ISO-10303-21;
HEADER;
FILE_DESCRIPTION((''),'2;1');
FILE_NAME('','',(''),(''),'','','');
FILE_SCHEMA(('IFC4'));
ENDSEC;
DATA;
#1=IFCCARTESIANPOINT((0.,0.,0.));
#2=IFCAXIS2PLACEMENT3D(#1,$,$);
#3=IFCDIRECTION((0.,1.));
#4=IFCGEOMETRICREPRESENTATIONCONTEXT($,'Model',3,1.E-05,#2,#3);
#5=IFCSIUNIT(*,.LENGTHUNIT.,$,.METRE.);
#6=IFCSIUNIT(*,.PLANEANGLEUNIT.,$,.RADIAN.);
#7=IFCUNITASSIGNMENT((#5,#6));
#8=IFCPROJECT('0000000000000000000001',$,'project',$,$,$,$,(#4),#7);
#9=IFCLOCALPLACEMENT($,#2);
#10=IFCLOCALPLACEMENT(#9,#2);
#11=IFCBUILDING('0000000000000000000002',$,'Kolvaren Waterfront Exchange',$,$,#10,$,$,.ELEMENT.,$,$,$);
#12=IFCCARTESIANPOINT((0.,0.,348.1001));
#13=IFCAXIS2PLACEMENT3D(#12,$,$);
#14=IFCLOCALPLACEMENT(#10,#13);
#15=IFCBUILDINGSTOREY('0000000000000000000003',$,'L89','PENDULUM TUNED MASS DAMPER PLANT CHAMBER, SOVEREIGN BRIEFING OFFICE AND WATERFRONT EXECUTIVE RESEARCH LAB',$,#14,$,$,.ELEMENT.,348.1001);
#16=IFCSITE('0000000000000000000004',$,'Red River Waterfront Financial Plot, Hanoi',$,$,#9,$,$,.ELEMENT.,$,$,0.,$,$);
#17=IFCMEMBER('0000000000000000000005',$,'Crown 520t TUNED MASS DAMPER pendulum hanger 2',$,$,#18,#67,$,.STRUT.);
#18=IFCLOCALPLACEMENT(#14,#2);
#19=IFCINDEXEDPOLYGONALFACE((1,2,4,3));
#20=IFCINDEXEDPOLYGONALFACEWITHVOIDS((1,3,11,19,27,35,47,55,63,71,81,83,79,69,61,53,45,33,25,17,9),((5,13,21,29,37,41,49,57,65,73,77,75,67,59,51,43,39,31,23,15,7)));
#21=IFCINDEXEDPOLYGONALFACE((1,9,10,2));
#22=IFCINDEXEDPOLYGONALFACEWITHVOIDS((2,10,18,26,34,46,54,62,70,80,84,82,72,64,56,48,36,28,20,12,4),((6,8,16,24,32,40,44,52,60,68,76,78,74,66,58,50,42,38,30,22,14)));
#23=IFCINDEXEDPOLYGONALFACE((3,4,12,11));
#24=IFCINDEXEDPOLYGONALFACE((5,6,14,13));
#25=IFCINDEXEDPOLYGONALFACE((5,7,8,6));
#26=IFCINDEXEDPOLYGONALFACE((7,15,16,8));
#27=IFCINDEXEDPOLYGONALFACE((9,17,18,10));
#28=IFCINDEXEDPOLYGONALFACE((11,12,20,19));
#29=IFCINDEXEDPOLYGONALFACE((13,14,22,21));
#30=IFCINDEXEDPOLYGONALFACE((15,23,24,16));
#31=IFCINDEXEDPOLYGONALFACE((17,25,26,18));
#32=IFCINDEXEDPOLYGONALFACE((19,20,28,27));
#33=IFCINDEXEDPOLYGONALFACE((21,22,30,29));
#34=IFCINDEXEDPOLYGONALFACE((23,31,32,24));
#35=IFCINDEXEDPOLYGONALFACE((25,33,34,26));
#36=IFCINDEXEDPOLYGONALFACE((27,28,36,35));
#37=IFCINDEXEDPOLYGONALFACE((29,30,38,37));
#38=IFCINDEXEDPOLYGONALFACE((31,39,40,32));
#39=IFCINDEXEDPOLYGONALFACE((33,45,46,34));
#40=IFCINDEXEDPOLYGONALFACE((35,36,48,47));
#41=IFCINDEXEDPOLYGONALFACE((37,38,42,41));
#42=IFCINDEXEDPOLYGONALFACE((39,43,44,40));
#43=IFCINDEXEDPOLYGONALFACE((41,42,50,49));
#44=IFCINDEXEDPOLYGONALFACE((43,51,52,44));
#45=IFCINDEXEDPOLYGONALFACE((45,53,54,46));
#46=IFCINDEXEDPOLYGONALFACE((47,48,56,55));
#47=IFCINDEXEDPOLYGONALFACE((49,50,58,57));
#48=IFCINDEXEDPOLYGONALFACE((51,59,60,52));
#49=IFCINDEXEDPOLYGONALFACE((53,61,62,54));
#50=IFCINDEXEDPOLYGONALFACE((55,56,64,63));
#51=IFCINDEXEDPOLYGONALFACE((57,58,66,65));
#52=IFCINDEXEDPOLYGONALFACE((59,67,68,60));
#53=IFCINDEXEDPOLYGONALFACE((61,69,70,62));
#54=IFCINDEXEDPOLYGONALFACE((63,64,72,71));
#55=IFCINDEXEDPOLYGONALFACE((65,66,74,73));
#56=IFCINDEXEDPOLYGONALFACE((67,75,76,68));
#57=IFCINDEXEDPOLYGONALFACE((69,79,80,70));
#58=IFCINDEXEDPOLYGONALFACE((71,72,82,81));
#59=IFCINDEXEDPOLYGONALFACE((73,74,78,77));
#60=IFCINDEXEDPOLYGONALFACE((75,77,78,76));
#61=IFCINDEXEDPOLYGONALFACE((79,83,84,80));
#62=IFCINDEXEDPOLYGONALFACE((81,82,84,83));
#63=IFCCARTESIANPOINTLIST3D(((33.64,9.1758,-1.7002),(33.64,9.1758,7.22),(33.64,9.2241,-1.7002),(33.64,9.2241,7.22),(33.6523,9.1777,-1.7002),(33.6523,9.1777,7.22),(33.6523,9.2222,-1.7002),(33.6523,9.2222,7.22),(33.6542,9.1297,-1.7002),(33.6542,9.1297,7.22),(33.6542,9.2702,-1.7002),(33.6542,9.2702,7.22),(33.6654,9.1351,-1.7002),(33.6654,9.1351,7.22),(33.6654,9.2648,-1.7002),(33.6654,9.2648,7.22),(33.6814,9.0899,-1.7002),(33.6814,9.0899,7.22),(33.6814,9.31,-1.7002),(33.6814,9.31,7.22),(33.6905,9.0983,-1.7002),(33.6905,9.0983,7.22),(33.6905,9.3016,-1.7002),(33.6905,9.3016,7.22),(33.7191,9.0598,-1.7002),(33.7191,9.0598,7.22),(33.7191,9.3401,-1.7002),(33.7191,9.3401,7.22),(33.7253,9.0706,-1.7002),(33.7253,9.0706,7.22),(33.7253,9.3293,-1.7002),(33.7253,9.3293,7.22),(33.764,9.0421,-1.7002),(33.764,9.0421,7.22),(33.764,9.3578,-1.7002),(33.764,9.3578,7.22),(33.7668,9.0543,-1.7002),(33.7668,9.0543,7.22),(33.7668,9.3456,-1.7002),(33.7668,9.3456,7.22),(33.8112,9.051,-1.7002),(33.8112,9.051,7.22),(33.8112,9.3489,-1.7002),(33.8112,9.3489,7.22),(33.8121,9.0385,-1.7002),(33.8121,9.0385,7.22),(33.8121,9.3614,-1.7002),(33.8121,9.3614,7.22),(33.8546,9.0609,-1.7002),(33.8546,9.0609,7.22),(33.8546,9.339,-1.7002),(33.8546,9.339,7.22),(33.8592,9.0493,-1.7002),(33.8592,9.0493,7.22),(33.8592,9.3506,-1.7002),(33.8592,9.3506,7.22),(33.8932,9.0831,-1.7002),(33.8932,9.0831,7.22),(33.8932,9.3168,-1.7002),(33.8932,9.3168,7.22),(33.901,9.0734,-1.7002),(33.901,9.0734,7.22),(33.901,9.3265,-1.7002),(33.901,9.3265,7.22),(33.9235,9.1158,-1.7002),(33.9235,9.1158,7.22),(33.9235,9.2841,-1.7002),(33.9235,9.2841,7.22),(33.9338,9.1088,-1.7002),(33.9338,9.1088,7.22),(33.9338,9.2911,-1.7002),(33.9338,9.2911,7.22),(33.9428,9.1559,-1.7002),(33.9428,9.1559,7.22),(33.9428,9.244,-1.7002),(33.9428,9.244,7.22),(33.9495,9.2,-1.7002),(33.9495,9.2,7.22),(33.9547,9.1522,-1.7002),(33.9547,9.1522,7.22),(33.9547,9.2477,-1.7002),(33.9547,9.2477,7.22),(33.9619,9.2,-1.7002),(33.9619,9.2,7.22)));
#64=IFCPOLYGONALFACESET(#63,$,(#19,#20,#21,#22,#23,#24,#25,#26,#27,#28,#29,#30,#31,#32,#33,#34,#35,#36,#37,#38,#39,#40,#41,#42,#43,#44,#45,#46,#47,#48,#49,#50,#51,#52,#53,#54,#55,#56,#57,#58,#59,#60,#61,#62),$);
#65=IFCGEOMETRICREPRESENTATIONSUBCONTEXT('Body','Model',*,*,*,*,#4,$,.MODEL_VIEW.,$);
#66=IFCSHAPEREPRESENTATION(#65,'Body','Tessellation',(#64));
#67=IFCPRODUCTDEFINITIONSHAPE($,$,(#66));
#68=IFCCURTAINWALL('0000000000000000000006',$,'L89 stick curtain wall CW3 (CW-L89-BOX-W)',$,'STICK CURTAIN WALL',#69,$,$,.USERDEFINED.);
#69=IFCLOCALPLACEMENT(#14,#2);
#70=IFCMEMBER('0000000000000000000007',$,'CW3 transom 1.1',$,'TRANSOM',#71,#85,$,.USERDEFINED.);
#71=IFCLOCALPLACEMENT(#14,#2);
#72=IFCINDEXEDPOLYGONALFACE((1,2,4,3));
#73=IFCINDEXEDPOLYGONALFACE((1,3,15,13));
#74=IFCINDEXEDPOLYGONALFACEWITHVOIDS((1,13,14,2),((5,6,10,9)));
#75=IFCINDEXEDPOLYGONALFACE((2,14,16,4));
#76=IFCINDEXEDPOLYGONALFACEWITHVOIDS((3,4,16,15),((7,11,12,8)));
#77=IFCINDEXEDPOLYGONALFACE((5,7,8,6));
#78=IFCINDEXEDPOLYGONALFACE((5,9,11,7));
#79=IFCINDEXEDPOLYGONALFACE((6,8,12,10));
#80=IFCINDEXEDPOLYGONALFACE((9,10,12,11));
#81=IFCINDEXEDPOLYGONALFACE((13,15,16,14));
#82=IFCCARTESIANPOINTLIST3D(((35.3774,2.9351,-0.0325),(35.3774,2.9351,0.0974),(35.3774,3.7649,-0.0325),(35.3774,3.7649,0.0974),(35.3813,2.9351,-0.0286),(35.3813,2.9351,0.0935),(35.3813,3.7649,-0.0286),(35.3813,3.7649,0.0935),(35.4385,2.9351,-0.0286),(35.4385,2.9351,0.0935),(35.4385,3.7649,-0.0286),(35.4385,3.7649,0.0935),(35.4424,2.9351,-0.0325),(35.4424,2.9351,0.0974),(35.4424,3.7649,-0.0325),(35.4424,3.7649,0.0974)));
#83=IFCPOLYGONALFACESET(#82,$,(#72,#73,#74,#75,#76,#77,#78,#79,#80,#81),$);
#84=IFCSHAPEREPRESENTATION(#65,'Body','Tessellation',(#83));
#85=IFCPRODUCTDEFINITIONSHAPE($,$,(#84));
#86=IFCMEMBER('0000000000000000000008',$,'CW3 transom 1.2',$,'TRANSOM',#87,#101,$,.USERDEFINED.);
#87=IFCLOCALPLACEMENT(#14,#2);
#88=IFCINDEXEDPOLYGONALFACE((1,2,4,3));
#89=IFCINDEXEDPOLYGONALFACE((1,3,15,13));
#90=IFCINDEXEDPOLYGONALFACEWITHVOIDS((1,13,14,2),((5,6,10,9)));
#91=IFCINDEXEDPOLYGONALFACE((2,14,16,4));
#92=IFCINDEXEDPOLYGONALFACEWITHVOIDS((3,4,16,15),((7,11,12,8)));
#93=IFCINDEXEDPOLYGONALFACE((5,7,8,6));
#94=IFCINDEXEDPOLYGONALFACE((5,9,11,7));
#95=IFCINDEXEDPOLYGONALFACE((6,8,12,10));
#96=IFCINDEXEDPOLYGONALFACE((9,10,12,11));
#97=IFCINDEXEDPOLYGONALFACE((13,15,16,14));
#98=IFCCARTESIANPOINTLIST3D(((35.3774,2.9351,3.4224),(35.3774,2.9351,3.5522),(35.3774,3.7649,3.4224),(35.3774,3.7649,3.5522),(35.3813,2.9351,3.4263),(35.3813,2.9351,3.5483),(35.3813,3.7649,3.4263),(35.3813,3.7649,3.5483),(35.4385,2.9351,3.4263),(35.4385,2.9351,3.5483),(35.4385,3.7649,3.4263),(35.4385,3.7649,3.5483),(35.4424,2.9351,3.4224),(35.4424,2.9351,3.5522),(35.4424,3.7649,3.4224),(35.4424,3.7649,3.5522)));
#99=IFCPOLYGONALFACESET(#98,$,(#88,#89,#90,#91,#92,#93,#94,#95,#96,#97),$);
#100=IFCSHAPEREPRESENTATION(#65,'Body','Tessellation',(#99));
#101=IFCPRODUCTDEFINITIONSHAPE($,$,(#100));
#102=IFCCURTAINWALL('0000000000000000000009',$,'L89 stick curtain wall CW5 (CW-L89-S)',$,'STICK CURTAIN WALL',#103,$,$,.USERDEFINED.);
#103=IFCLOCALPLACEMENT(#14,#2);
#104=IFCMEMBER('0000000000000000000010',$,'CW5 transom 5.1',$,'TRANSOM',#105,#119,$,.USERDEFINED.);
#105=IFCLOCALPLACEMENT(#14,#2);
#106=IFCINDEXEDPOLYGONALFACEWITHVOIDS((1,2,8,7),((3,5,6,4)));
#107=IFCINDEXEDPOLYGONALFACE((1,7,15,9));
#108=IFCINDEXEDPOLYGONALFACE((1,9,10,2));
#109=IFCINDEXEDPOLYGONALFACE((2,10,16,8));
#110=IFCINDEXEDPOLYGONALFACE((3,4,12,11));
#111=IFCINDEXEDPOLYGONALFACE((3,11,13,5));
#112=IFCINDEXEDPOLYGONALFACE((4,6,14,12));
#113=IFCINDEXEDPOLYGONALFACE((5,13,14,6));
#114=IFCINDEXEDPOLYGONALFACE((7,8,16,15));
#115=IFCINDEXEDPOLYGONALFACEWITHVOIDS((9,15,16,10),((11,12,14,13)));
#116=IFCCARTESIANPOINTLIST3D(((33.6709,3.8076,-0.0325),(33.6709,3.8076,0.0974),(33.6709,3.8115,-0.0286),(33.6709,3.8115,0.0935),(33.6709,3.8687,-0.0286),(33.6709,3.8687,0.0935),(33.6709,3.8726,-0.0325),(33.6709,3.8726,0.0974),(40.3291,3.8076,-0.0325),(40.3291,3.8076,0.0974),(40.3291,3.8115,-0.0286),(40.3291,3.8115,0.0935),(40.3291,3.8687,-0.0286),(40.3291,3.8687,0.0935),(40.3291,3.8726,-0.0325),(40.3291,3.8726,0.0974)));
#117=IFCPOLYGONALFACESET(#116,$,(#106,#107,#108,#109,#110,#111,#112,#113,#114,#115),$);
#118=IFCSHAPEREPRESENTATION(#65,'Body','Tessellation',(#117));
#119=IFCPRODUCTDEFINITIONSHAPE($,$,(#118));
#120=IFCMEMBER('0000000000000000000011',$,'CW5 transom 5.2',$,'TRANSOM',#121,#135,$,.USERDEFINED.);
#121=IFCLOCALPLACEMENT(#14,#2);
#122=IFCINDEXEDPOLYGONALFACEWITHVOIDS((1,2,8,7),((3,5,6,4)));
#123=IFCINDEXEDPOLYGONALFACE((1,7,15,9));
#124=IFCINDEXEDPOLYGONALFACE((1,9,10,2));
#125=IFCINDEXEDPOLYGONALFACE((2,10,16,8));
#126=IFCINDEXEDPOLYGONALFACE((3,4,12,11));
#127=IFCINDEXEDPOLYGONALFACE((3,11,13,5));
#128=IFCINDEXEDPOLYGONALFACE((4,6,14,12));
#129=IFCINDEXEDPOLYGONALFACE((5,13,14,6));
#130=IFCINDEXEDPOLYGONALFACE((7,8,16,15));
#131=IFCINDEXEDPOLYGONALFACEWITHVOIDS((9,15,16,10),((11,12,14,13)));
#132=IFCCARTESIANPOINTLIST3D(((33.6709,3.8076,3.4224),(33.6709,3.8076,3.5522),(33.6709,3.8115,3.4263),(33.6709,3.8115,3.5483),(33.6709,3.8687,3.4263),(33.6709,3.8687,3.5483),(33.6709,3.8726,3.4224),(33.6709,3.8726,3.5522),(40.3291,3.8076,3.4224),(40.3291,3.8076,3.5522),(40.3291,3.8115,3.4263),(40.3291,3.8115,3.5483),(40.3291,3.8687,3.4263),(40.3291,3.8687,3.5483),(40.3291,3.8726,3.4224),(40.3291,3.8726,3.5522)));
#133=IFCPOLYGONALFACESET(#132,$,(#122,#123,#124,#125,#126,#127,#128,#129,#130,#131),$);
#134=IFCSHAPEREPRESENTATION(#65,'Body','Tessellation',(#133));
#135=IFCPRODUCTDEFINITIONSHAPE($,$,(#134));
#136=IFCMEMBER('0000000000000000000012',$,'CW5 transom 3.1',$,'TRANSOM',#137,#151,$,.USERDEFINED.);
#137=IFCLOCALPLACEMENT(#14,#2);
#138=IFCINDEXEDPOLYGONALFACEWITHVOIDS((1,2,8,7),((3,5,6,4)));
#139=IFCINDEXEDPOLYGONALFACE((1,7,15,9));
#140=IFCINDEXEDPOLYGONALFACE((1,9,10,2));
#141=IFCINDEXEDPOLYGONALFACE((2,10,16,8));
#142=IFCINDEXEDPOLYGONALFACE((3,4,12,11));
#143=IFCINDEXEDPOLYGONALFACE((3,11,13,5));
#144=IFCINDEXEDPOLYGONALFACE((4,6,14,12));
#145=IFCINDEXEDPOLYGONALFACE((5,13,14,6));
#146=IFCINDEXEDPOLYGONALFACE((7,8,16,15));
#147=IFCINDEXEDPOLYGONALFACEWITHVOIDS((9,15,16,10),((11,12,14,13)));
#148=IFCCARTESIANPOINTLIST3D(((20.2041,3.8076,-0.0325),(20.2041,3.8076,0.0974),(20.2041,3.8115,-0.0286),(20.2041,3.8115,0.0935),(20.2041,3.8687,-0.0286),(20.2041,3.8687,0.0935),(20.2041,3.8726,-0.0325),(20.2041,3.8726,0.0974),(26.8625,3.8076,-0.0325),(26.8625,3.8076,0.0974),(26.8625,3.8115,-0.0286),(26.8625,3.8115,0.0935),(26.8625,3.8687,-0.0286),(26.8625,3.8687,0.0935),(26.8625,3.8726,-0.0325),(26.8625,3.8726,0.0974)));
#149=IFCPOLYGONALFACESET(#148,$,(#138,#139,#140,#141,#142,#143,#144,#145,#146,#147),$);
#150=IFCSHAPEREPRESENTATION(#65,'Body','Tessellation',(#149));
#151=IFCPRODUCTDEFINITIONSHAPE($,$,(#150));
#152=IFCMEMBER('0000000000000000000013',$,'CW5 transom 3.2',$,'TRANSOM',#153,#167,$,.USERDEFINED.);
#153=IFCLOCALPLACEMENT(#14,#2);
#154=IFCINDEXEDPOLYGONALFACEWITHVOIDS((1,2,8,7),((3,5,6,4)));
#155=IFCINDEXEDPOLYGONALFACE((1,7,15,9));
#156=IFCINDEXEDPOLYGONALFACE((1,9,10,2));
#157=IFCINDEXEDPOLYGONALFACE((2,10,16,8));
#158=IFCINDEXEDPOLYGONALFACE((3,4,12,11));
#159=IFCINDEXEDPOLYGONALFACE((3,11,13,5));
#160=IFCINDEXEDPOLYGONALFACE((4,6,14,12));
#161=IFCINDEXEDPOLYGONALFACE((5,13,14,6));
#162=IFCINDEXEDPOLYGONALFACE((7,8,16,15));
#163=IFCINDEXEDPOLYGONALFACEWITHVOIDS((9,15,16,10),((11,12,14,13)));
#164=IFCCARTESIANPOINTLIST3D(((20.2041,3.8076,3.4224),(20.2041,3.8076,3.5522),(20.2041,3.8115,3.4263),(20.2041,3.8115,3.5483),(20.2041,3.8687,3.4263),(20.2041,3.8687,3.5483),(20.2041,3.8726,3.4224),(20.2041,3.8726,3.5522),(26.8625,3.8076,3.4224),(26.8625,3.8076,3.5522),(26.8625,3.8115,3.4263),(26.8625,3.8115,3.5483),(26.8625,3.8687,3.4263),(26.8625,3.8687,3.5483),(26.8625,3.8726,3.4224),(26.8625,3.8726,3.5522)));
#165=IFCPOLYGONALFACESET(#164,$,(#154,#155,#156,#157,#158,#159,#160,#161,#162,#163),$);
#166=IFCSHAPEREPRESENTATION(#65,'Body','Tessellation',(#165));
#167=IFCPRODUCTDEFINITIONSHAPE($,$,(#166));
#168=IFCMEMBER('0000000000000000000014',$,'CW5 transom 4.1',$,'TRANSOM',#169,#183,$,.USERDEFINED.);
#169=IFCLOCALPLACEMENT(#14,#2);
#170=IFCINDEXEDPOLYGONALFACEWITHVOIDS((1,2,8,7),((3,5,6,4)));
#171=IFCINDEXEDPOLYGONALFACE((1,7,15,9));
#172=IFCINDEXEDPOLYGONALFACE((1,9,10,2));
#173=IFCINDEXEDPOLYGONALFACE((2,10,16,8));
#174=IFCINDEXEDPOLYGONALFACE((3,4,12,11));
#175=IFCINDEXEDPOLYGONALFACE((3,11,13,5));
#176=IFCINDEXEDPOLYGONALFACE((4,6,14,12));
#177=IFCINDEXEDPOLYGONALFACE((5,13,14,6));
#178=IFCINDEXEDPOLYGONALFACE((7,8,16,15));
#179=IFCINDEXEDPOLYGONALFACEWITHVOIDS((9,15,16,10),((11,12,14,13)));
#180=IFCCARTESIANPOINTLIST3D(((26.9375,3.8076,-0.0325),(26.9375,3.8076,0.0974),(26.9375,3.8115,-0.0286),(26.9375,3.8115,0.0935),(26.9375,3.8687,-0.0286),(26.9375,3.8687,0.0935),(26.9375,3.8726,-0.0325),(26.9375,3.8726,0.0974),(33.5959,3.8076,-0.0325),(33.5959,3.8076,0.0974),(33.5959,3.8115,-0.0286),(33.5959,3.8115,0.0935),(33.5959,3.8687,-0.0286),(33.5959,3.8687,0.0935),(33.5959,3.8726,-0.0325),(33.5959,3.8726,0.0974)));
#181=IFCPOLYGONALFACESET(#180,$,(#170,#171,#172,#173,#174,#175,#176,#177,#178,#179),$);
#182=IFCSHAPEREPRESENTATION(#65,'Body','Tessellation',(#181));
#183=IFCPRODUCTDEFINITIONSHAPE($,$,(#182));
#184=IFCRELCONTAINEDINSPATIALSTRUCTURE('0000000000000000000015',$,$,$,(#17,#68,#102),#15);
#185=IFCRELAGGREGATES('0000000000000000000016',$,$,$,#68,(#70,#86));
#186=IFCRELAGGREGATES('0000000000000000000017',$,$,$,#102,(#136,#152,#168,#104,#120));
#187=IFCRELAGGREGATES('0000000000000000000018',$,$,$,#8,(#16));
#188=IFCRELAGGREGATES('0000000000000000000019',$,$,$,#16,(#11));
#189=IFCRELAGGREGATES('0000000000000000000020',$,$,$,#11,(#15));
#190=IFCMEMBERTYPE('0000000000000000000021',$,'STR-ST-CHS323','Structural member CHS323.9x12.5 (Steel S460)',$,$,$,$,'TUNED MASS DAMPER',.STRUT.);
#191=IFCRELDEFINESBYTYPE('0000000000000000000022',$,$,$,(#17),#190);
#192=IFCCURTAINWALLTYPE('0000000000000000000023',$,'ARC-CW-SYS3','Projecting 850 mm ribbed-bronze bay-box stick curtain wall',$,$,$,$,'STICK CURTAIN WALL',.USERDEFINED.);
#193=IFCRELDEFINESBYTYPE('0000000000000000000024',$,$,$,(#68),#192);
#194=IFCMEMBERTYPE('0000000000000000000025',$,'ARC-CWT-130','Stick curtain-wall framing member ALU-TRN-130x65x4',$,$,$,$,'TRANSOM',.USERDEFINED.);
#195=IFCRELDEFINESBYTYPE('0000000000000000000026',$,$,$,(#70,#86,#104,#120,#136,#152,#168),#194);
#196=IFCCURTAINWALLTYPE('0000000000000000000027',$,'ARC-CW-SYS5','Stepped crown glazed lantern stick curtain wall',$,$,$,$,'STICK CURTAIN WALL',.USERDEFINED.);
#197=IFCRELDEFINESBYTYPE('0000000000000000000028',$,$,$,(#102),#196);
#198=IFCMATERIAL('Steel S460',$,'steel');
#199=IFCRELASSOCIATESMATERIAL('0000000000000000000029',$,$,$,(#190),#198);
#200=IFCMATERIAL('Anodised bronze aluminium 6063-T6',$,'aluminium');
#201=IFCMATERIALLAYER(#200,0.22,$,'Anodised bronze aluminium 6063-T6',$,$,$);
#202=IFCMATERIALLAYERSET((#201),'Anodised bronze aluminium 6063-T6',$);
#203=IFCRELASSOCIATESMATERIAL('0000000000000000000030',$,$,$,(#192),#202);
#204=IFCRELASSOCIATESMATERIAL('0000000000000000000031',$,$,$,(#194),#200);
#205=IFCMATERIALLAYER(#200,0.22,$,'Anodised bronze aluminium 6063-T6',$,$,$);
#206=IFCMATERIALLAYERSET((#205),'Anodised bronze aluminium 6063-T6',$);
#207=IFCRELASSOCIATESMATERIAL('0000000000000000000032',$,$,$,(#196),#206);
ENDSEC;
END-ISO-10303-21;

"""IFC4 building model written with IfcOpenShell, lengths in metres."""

from ifc_helpers import new_model, si_unit, direction, frame, origin, origin_with_axes, origin_2d, place, context, subcontext, project, spatial, hollow_rectangle, hollow_circle, extrude, source, transform, mapped, material, layer, layer_set, material_profile, profile_set, type_object, element, aggregate, save


model = new_model("IFC4")

# Units and contexts
model_context = context("Model", 3, precision=1e-05, world=origin(), true_north=direction((0.0, 1.0)))
body_context = subcontext(model_context, "Body", "Model", "MODEL_VIEW")
ifc_project = project(units=[si_unit("LENGTHUNIT", "METRE"), si_unit("PLANEANGLEUNIT", "RADIAN")], contexts=[model_context])

# Site, building, storey
site_placement = place(None, origin())
site = spatial("IfcSite", under=ifc_project, at=site_placement, Name="Red River Waterfront Financial Plot, Hanoi", CompositionType="ELEMENT", RefElevation=0.0)
building_placement = place(site_placement, origin())
building = spatial("IfcBuilding", under=site, at=building_placement, Name="Kolvaren Waterfront Exchange", CompositionType="ELEMENT")
storey_placement = place(building_placement, frame((0.0, 0.0, 348.1001)))
storey = spatial("IfcBuildingStorey", under=building, at=storey_placement, Name="L89", Description="PENDULUM TUNED MASS DAMPER PLANT CHAMBER, SOVEREIGN BRIEFING OFFICE AND WATERFRONT EXECUTIVE RESEARCH LAB", CompositionType="ELEMENT", Elevation=348.1001)

# Member
ifc_material_1 = material(Name="Steel S460", Category="steel")
ifc_material_profile_1 = material_profile(ifc_material_1, hollow_circle(Radius=0.1619, WallThickness=0.0125, at=origin_2d()), Name="CHS323.9x12.5")
ifc_profile_set_1 = profile_set([ifc_material_profile_1], Name="Steel S460")
member_type_1 = type_object("IfcMemberType", Name="STR-ST-CHS323", Description="Structural member CHS323.9x12.5 (Steel S460)", ElementType="TUNED MASS DAMPER", PredefinedType="STRUT", material=ifc_profile_set_1)
for number, where, z_axis, x_axis, name in (
    (1, (33.8, 9.2, -1.7002), (0.0, 0.0, 1.0), (1.0, 0.0, 0.0), "Crown 520t TUNED MASS DAMPER pendulum hanger 2"),
):
    element("IfcMember", number, at=place(storey_placement, frame(where, z_axis=z_axis, x_axis=x_axis)), inside=storey, type_object=member_type_1, Name=name, PredefinedType="STRUT", context=body_context, shape_type="SweptSolid", body=[
        extrude(hollow_circle(Radius=0.1619, WallThickness=0.0125, at=origin_2d()), origin(), (0.0, 0.0, 1.0), 8.9202),
    ])

# Curtain walls, members
ifc_material_2 = material(Name="Anodised bronze aluminium 6063-T6", Category="aluminium")
ifc_layer_1 = layer(ifc_material_2, 0.22, Name="Anodised bronze aluminium 6063-T6")
ifc_layer_set_1 = layer_set([ifc_layer_1], Name="Anodised bronze aluminium 6063-T6")
curtain_wall_type_1 = type_object("IfcCurtainWallType", Name="ARC-CW-SYS3", Description="Projecting 850 mm ribbed-bronze bay-box stick curtain wall", ElementType="STICK CURTAIN WALL", PredefinedType="USERDEFINED", material=ifc_layer_set_1)
curtain_wall_1_placement = place(storey_placement, origin())
curtain_wall_1 = element("IfcCurtainWall", 2, at=curtain_wall_1_placement, inside=storey, type_object=curtain_wall_type_1, Name="L89 stick curtain wall CW3 (CW-L89-BOX-W)", ObjectType="STICK CURTAIN WALL", PredefinedType="USERDEFINED")
ifc_material_profile_2 = material_profile(ifc_material_2, hollow_rectangle(XDim=0.0649, YDim=0.1299, WallThickness=0.0039, at=origin_2d()), Name="ALU-TRN-130x65x4")
ifc_profile_set_2 = profile_set([ifc_material_profile_2], Name="Anodised bronze aluminium 6063-T6")
member_type_2 = type_object("IfcMemberType", Name="ARC-CWT-130", Description="Stick curtain-wall framing member ALU-TRN-130x65x4", ElementType="TRANSOM", PredefinedType="USERDEFINED", material=ifc_profile_set_2)
shared_shape_1 = source(origin_with_axes(), body_context, "Body", "SweptSolid", [
    extrude(hollow_rectangle(XDim=0.0649, YDim=0.1299, WallThickness=0.0039, at=origin_2d()), origin(), (0.0, 0.0, 1.0), 0.8298),
])
member_1_placement = place(storey_placement, frame((35.4099, 3.7649, 0.0325), z_axis=(0.0, -1.0, 0.0), x_axis=(1.0, 0.0, 0.0)))
member_1 = element("IfcMember", 3, at=member_1_placement, type_object=member_type_2, Name="CW3 transom 1.1", ObjectType="TRANSOM", PredefinedType="USERDEFINED", context=body_context, shape_type="MappedRepresentation", body=[
    mapped(shared_shape_1, transform((0.0, 0.0, 0.0), x_axis=(1.0, 0.0, 0.0), y_axis=(0.0, 1.0, 0.0), z_axis=(0.0, 0.0, 1.0), scale=1.0)),
])
member_2_placement = place(storey_placement, frame((35.4099, 3.7649, 3.4873), z_axis=(0.0, -1.0, 0.0), x_axis=(1.0, 0.0, 0.0)))
member_2 = element("IfcMember", 4, at=member_2_placement, type_object=member_type_2, Name="CW3 transom 1.2", ObjectType="TRANSOM", PredefinedType="USERDEFINED", context=body_context, shape_type="MappedRepresentation", body=[
    mapped(shared_shape_1, transform((0.0, 0.0, 0.0), x_axis=(1.0, 0.0, 0.0), y_axis=(0.0, 1.0, 0.0), z_axis=(0.0, 0.0, 1.0), scale=1.0)),
])
ifc_layer_2 = layer(ifc_material_2, 0.22, Name="Anodised bronze aluminium 6063-T6")
ifc_layer_set_2 = layer_set([ifc_layer_2], Name="Anodised bronze aluminium 6063-T6")
curtain_wall_type_2 = type_object("IfcCurtainWallType", Name="ARC-CW-SYS5", Description="Stepped crown glazed lantern stick curtain wall", ElementType="STICK CURTAIN WALL", PredefinedType="USERDEFINED", material=ifc_layer_set_2)
curtain_wall_2_placement = place(storey_placement, origin())
curtain_wall_2 = element("IfcCurtainWall", 5, at=curtain_wall_2_placement, inside=storey, type_object=curtain_wall_type_2, Name="L89 stick curtain wall CW5 (CW-L89-S)", ObjectType="STICK CURTAIN WALL", PredefinedType="USERDEFINED")
shared_shape_2 = source(origin_with_axes(), body_context, "Body", "SweptSolid", [
    extrude(hollow_rectangle(XDim=0.0649, YDim=0.1299, WallThickness=0.0039, at=origin_2d()), origin(), (0.0, 0.0, 1.0), 6.6582),
])
member_3_placement = place(storey_placement, frame((33.6709, 3.8401, 0.0325), z_axis=(1.0, 0.0, 0.0), x_axis=(0.0, 1.0, 0.0)))
member_3 = element("IfcMember", 6, at=member_3_placement, type_object=member_type_2, Name="CW5 transom 5.1", ObjectType="TRANSOM", PredefinedType="USERDEFINED", context=body_context, shape_type="MappedRepresentation", body=[
    mapped(shared_shape_2, transform((0.0, 0.0, 0.0), x_axis=(1.0, 0.0, 0.0), y_axis=(0.0, 1.0, 0.0), z_axis=(0.0, 0.0, 1.0), scale=1.0)),
])
member_4_placement = place(storey_placement, frame((33.6709, 3.8401, 3.4873), z_axis=(1.0, 0.0, 0.0), x_axis=(0.0, 1.0, 0.0)))
member_4 = element("IfcMember", 7, at=member_4_placement, type_object=member_type_2, Name="CW5 transom 5.2", ObjectType="TRANSOM", PredefinedType="USERDEFINED", context=body_context, shape_type="MappedRepresentation", body=[
    mapped(shared_shape_2, transform((0.0, 0.0, 0.0), x_axis=(1.0, 0.0, 0.0), y_axis=(0.0, 1.0, 0.0), z_axis=(0.0, 0.0, 1.0), scale=1.0)),
])
shared_shape_3 = source(origin_with_axes(), body_context, "Body", "SweptSolid", [
    extrude(hollow_rectangle(XDim=0.0649, YDim=0.1299, WallThickness=0.0039, at=origin_2d()), origin(), (0.0, 0.0, 1.0), 6.6584),
])
member_5_placement = place(storey_placement, frame((20.2041, 3.8401, 0.0325), z_axis=(1.0, 0.0, 0.0), x_axis=(0.0, 1.0, 0.0)))
member_5 = element("IfcMember", 8, at=member_5_placement, type_object=member_type_2, Name="CW5 transom 3.1", ObjectType="TRANSOM", PredefinedType="USERDEFINED", context=body_context, shape_type="MappedRepresentation", body=[
    mapped(shared_shape_3, transform((0.0, 0.0, 0.0), x_axis=(1.0, 0.0, 0.0), y_axis=(0.0, 1.0, 0.0), z_axis=(0.0, 0.0, 1.0), scale=1.0)),
])
member_6_placement = place(storey_placement, frame((20.2041, 3.8401, 3.4873), z_axis=(1.0, 0.0, 0.0), x_axis=(0.0, 1.0, 0.0)))
member_6 = element("IfcMember", 9, at=member_6_placement, type_object=member_type_2, Name="CW5 transom 3.2", ObjectType="TRANSOM", PredefinedType="USERDEFINED", context=body_context, shape_type="MappedRepresentation", body=[
    mapped(shared_shape_3, transform((0.0, 0.0, 0.0), x_axis=(1.0, 0.0, 0.0), y_axis=(0.0, 1.0, 0.0), z_axis=(0.0, 0.0, 1.0), scale=1.0)),
])
member_7_placement = place(storey_placement, frame((26.9375, 3.8401, 0.0325), z_axis=(1.0, 0.0, 0.0), x_axis=(0.0, 1.0, 0.0)))
member_7 = element("IfcMember", 10, at=member_7_placement, type_object=member_type_2, Name="CW5 transom 4.1", ObjectType="TRANSOM", PredefinedType="USERDEFINED", context=body_context, shape_type="MappedRepresentation", body=[
    mapped(shared_shape_3, transform((0.0, 0.0, 0.0), x_axis=(1.0, 0.0, 0.0), y_axis=(0.0, 1.0, 0.0), z_axis=(0.0, 0.0, 1.0), scale=1.0)),
])

aggregate(curtain_wall_1, [member_1, member_2])
aggregate(curtain_wall_2, [member_5, member_6, member_7, member_3, member_4])

save(model, "model.ifc")
